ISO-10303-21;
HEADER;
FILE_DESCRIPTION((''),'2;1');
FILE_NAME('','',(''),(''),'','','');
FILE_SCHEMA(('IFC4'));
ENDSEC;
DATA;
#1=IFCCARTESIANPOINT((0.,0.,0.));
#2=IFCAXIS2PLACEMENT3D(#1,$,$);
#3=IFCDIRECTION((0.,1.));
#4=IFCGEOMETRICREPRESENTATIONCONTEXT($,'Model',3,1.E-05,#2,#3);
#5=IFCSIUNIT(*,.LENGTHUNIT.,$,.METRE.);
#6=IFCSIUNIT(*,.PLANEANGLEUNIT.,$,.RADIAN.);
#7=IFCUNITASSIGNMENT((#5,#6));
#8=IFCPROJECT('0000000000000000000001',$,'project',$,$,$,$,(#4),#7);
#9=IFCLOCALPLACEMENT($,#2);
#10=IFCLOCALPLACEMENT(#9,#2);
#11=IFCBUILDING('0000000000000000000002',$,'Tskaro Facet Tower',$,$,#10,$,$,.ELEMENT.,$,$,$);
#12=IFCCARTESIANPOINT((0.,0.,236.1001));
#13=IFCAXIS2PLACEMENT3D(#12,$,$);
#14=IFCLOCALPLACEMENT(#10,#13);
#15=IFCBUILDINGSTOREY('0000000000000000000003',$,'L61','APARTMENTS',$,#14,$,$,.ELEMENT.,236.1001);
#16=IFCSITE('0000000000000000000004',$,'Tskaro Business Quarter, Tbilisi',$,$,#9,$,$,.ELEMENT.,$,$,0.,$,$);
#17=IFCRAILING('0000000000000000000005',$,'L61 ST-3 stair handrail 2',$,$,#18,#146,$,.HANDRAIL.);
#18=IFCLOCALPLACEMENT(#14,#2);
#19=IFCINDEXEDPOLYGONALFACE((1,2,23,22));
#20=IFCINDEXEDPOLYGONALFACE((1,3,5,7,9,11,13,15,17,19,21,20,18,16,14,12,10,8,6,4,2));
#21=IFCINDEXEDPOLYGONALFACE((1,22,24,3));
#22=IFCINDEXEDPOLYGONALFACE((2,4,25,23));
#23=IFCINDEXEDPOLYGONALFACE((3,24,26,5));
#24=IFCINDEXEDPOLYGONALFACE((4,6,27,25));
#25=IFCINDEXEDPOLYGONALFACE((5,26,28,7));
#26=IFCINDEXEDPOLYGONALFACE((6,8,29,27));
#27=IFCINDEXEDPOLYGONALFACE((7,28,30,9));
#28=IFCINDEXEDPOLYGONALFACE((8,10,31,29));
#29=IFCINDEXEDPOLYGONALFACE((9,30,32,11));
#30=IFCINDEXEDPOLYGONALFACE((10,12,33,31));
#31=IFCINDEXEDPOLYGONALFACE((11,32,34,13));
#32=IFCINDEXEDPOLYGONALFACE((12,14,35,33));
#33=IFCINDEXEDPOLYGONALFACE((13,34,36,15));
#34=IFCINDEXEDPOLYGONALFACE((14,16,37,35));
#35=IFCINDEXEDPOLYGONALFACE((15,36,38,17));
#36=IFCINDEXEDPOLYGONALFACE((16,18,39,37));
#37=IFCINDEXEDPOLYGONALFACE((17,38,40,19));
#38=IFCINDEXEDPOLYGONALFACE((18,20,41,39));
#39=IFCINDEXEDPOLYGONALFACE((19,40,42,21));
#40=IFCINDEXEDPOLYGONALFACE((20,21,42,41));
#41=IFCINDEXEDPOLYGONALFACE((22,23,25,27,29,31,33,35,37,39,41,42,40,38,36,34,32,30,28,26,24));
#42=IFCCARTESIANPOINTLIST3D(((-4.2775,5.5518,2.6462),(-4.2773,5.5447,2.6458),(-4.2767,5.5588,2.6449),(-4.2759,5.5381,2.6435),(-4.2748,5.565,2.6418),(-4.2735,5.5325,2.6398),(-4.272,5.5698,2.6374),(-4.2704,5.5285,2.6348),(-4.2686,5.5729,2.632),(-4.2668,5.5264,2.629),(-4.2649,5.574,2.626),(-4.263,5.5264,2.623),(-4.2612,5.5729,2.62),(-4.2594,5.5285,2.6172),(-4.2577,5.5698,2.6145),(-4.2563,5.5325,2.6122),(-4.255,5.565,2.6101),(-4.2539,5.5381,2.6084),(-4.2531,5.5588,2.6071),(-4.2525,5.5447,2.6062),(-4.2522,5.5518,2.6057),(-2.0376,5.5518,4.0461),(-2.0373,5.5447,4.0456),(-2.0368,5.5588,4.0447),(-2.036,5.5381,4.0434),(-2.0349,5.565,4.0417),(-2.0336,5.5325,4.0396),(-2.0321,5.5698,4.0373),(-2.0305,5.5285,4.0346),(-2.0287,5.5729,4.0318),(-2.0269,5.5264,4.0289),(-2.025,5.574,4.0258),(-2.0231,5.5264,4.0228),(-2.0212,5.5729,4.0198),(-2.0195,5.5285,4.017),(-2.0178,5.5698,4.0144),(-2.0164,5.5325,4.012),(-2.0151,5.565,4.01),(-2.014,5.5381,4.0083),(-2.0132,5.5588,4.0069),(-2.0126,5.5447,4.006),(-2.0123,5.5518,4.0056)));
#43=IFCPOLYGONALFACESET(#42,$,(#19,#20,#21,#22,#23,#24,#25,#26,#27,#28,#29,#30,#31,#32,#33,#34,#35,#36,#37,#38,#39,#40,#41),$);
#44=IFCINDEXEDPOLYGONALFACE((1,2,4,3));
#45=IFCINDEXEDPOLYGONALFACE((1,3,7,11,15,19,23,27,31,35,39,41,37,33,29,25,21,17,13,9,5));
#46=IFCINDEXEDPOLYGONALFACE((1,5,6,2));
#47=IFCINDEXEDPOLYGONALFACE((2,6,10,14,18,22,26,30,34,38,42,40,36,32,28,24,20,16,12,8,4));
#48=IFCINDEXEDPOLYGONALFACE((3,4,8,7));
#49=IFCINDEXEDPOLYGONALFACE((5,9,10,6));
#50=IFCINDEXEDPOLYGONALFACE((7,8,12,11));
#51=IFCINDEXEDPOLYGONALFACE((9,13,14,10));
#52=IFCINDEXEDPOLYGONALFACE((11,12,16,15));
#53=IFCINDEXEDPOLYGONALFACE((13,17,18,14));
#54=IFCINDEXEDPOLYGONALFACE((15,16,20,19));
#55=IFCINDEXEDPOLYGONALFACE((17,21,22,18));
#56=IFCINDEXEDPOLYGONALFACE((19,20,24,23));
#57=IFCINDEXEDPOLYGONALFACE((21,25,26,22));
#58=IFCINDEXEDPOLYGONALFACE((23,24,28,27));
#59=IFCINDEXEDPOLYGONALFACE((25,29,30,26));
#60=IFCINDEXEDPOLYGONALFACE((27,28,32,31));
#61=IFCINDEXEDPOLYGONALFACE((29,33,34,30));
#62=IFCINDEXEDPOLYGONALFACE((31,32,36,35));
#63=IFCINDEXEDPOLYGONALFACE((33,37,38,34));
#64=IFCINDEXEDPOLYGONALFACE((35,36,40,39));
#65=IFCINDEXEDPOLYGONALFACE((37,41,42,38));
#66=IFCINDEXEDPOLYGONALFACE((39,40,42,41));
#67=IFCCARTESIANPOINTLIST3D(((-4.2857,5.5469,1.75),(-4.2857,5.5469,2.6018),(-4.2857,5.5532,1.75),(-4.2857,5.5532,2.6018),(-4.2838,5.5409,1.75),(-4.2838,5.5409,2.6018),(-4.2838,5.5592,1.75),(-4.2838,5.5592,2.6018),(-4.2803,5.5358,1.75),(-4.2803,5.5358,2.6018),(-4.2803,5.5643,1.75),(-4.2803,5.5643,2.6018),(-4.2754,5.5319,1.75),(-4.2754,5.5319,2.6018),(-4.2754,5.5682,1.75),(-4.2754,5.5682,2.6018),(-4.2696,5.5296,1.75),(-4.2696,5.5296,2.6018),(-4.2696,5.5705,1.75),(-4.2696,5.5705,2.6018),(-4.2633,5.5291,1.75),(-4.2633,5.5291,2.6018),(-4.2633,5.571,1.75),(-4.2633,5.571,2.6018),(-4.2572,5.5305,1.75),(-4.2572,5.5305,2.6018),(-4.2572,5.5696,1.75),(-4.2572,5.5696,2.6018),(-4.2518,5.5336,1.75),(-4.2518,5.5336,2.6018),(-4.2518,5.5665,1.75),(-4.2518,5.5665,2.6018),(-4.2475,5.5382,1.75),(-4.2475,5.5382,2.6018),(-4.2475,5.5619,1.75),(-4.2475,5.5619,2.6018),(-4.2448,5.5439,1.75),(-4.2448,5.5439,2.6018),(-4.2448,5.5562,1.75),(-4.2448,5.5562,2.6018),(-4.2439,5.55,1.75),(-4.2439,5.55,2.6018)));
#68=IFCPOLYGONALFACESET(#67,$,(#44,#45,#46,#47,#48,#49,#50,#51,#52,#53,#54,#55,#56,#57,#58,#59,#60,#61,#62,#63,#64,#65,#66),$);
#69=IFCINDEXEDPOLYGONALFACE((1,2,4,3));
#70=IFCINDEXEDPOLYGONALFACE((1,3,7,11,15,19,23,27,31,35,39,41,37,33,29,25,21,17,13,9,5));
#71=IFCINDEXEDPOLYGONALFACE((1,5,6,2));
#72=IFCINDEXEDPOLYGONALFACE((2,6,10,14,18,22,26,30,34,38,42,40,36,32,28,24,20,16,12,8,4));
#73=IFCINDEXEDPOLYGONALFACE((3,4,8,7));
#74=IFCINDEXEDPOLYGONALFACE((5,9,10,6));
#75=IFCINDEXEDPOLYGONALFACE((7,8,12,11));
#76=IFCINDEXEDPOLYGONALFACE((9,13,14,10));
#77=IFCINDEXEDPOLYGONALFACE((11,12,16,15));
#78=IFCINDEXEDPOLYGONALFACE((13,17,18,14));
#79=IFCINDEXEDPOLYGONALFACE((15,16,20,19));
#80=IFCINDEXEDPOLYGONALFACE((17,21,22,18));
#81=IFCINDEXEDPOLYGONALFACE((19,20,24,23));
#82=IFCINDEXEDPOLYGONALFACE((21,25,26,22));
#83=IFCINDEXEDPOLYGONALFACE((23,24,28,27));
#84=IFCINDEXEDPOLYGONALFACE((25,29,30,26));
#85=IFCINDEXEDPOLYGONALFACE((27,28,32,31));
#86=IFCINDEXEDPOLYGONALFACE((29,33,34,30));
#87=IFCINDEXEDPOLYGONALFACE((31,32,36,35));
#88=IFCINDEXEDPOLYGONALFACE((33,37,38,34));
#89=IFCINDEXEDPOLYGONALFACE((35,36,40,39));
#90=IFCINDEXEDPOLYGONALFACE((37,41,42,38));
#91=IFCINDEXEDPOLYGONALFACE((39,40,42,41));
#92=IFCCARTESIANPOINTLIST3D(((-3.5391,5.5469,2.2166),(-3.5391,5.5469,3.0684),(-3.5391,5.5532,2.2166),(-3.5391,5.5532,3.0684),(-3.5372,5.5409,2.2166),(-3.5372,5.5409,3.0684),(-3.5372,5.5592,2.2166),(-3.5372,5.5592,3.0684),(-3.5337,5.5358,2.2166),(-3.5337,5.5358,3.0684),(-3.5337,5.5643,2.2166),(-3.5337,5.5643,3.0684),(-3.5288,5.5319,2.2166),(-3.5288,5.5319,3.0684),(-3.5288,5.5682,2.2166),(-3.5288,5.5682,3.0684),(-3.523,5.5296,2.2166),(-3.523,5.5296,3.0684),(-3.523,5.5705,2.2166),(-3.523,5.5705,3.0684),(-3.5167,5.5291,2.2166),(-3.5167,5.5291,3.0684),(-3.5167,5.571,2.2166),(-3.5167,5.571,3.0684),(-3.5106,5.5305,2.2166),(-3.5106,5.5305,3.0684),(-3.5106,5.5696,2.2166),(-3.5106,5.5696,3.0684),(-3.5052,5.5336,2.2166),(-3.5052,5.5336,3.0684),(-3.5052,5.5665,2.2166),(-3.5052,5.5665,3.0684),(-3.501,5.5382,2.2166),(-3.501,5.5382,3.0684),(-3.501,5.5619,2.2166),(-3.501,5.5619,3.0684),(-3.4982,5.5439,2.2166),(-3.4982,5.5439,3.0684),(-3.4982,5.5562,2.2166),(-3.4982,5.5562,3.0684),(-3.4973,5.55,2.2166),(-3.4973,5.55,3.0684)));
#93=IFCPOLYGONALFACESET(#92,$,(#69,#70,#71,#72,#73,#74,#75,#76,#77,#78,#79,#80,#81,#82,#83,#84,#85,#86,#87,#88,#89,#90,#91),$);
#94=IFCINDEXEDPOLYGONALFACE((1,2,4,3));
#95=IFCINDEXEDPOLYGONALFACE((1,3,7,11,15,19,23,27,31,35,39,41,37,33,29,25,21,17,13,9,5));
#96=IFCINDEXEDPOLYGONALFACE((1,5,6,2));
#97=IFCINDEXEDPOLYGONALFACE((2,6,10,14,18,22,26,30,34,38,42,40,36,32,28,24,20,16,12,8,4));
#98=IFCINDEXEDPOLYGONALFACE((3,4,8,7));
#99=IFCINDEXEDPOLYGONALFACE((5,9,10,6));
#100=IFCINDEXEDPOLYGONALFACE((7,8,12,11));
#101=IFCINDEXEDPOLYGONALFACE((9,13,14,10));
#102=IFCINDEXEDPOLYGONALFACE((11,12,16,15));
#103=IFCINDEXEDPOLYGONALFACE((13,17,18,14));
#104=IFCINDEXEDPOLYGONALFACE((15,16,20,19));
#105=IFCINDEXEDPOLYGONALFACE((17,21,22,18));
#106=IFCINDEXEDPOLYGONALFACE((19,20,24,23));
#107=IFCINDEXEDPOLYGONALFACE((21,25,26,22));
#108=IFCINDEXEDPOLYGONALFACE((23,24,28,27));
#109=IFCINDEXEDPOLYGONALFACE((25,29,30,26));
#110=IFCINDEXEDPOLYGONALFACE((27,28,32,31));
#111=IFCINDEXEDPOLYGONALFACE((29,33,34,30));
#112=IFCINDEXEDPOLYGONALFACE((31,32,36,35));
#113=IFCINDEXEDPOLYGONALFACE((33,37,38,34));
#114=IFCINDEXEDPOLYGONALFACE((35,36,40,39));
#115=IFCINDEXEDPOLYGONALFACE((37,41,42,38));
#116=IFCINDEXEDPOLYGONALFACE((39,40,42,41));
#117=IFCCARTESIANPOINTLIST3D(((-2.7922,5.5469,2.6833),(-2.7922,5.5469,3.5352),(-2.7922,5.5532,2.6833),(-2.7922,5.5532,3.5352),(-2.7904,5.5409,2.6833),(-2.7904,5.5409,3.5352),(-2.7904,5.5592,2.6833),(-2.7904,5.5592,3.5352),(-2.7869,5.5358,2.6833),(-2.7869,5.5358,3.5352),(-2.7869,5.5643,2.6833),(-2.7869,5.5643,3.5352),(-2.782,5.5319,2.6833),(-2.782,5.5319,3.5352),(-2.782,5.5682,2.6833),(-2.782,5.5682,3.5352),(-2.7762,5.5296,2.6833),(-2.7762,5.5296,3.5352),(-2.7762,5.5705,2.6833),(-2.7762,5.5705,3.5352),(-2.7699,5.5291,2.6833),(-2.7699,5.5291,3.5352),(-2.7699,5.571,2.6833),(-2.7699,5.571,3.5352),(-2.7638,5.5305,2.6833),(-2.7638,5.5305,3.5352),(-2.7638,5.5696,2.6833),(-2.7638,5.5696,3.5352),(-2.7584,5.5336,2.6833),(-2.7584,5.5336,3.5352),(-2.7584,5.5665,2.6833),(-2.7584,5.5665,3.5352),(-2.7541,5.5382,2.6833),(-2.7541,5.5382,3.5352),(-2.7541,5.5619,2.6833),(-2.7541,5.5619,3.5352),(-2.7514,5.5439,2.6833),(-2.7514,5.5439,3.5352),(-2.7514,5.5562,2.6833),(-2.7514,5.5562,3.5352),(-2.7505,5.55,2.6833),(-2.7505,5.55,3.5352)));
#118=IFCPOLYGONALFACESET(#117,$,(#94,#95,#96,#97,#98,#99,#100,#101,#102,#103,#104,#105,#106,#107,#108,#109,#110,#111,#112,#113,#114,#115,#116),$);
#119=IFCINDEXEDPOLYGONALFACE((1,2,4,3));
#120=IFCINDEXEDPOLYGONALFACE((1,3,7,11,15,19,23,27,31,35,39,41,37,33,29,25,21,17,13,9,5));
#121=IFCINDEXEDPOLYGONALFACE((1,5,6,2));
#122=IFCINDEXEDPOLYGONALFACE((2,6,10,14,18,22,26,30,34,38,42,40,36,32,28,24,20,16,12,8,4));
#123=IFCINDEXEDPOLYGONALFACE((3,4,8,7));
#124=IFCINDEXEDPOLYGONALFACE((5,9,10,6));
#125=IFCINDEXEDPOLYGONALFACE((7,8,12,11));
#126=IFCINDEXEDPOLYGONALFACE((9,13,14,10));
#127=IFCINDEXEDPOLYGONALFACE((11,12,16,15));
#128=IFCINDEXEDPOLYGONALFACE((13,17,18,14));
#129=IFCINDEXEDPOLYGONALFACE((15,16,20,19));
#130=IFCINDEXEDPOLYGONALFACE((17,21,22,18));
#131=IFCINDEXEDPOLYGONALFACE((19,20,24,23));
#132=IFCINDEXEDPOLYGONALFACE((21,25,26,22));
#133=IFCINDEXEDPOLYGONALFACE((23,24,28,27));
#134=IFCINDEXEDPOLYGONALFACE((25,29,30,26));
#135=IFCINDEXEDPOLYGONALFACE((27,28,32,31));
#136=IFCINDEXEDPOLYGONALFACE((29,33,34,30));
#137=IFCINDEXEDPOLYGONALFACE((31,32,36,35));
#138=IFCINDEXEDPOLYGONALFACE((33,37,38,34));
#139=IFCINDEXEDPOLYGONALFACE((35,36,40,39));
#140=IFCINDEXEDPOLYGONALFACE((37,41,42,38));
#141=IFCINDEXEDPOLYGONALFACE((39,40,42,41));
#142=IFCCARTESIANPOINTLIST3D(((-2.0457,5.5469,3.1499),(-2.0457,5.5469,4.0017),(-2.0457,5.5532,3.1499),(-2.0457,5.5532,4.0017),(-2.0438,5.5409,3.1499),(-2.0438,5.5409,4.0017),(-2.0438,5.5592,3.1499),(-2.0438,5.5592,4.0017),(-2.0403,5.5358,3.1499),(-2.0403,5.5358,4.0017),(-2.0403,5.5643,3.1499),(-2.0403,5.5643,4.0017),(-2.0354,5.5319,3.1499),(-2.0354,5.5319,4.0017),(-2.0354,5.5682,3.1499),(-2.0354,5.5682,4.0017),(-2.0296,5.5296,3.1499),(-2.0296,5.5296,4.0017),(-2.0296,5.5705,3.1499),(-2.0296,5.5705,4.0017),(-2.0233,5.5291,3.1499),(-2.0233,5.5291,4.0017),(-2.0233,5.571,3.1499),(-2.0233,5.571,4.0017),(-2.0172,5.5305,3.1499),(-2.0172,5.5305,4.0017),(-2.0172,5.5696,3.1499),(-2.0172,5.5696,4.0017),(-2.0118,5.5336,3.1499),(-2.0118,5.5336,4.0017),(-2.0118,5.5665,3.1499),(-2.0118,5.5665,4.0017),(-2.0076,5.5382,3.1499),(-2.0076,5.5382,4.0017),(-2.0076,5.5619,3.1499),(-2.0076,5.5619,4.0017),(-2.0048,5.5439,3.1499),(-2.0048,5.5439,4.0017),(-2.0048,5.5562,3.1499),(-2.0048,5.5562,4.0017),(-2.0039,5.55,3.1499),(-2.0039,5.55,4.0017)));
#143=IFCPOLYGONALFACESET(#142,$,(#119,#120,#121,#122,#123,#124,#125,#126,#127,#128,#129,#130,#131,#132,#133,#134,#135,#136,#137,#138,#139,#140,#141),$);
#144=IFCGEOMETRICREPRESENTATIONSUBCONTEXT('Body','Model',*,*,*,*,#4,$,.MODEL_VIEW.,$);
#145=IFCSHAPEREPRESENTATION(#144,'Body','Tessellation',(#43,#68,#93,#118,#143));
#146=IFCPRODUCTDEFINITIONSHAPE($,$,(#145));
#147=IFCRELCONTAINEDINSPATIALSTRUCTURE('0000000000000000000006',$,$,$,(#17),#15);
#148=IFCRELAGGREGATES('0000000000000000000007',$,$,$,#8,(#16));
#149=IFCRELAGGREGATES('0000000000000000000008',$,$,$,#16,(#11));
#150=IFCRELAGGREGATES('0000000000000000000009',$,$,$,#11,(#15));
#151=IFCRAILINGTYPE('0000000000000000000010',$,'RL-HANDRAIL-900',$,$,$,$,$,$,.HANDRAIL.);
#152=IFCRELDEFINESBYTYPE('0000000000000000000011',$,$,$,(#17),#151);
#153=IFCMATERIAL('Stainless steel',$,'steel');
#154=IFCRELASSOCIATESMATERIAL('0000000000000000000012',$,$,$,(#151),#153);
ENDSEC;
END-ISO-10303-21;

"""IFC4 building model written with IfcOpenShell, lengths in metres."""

from ifc_helpers import new_model, si_unit, direction, frame, origin, origin_2d, place, context, subcontext, project, spatial, circle, extrude, material, type_object, element, save


model = new_model("IFC4")

# Units and contexts
model_context = context("Model", 3, precision=1e-05, world=origin(), true_north=direction((0.0, 1.0)))
body_context = subcontext(model_context, "Body", "Model", "MODEL_VIEW")
ifc_project = project(units=[si_unit("LENGTHUNIT", "METRE"), si_unit("PLANEANGLEUNIT", "RADIAN")], contexts=[model_context])

# Site, building, storey
site_placement = place(None, origin())
site = spatial("IfcSite", under=ifc_project, at=site_placement, Name="Tskaro Business Quarter, Tbilisi", CompositionType="ELEMENT", RefElevation=0.0)
building_placement = place(site_placement, origin())
building = spatial("IfcBuilding", under=site, at=building_placement, Name="Tskaro Facet Tower", CompositionType="ELEMENT")
storey_placement = place(building_placement, frame((0.0, 0.0, 236.1001)))
storey = spatial("IfcBuildingStorey", under=building, at=storey_placement, Name="L61", Description="APARTMENTS", CompositionType="ELEMENT", Elevation=236.1001)

# Railing
ifc_material_1 = material(Name="Stainless steel", Category="steel")
railing_type_1 = type_object("IfcRailingType", Name="RL-HANDRAIL-900", PredefinedType="HANDRAIL", material=ifc_material_1)
railing_1_placement = place(storey_placement, frame((-4.2649, 5.55, 1.75)))
element("IfcRailing", 1, at=railing_1_placement, inside=storey, type_object=railing_type_1, Name="L61 ST-3 stair handrail 2", PredefinedType="HANDRAIL", context=body_context, shape_type="SweptSolid", body=[
    extrude(circle(Radius=0.0239, at=origin_2d()), frame((0.0, 0.0, 0.876), z_axis=(0.848014, 0.0, 0.529974), x_axis=(0.0, 1.0, 0.0)), (0.0, 0.0, 1.0), 2.6414),
    extrude(circle(Radius=0.021, at=origin_2d()), origin(), (0.0, 0.0, 1.0), 0.8518),
    extrude(circle(Radius=0.021, at=origin_2d()), frame((0.7466, 0.0, 0.4666)), (0.0, 0.0, 1.0), 0.8518),
    extrude(circle(Radius=0.021, at=origin_2d()), frame((1.4934, 0.0, 0.9333)), (0.0, 0.0, 1.0), 0.8518),
    extrude(circle(Radius=0.021, at=origin_2d()), frame((2.24, 0.0, 1.3999)), (0.0, 0.0, 1.0), 0.8518),
])

save(model, "model.ifc")
